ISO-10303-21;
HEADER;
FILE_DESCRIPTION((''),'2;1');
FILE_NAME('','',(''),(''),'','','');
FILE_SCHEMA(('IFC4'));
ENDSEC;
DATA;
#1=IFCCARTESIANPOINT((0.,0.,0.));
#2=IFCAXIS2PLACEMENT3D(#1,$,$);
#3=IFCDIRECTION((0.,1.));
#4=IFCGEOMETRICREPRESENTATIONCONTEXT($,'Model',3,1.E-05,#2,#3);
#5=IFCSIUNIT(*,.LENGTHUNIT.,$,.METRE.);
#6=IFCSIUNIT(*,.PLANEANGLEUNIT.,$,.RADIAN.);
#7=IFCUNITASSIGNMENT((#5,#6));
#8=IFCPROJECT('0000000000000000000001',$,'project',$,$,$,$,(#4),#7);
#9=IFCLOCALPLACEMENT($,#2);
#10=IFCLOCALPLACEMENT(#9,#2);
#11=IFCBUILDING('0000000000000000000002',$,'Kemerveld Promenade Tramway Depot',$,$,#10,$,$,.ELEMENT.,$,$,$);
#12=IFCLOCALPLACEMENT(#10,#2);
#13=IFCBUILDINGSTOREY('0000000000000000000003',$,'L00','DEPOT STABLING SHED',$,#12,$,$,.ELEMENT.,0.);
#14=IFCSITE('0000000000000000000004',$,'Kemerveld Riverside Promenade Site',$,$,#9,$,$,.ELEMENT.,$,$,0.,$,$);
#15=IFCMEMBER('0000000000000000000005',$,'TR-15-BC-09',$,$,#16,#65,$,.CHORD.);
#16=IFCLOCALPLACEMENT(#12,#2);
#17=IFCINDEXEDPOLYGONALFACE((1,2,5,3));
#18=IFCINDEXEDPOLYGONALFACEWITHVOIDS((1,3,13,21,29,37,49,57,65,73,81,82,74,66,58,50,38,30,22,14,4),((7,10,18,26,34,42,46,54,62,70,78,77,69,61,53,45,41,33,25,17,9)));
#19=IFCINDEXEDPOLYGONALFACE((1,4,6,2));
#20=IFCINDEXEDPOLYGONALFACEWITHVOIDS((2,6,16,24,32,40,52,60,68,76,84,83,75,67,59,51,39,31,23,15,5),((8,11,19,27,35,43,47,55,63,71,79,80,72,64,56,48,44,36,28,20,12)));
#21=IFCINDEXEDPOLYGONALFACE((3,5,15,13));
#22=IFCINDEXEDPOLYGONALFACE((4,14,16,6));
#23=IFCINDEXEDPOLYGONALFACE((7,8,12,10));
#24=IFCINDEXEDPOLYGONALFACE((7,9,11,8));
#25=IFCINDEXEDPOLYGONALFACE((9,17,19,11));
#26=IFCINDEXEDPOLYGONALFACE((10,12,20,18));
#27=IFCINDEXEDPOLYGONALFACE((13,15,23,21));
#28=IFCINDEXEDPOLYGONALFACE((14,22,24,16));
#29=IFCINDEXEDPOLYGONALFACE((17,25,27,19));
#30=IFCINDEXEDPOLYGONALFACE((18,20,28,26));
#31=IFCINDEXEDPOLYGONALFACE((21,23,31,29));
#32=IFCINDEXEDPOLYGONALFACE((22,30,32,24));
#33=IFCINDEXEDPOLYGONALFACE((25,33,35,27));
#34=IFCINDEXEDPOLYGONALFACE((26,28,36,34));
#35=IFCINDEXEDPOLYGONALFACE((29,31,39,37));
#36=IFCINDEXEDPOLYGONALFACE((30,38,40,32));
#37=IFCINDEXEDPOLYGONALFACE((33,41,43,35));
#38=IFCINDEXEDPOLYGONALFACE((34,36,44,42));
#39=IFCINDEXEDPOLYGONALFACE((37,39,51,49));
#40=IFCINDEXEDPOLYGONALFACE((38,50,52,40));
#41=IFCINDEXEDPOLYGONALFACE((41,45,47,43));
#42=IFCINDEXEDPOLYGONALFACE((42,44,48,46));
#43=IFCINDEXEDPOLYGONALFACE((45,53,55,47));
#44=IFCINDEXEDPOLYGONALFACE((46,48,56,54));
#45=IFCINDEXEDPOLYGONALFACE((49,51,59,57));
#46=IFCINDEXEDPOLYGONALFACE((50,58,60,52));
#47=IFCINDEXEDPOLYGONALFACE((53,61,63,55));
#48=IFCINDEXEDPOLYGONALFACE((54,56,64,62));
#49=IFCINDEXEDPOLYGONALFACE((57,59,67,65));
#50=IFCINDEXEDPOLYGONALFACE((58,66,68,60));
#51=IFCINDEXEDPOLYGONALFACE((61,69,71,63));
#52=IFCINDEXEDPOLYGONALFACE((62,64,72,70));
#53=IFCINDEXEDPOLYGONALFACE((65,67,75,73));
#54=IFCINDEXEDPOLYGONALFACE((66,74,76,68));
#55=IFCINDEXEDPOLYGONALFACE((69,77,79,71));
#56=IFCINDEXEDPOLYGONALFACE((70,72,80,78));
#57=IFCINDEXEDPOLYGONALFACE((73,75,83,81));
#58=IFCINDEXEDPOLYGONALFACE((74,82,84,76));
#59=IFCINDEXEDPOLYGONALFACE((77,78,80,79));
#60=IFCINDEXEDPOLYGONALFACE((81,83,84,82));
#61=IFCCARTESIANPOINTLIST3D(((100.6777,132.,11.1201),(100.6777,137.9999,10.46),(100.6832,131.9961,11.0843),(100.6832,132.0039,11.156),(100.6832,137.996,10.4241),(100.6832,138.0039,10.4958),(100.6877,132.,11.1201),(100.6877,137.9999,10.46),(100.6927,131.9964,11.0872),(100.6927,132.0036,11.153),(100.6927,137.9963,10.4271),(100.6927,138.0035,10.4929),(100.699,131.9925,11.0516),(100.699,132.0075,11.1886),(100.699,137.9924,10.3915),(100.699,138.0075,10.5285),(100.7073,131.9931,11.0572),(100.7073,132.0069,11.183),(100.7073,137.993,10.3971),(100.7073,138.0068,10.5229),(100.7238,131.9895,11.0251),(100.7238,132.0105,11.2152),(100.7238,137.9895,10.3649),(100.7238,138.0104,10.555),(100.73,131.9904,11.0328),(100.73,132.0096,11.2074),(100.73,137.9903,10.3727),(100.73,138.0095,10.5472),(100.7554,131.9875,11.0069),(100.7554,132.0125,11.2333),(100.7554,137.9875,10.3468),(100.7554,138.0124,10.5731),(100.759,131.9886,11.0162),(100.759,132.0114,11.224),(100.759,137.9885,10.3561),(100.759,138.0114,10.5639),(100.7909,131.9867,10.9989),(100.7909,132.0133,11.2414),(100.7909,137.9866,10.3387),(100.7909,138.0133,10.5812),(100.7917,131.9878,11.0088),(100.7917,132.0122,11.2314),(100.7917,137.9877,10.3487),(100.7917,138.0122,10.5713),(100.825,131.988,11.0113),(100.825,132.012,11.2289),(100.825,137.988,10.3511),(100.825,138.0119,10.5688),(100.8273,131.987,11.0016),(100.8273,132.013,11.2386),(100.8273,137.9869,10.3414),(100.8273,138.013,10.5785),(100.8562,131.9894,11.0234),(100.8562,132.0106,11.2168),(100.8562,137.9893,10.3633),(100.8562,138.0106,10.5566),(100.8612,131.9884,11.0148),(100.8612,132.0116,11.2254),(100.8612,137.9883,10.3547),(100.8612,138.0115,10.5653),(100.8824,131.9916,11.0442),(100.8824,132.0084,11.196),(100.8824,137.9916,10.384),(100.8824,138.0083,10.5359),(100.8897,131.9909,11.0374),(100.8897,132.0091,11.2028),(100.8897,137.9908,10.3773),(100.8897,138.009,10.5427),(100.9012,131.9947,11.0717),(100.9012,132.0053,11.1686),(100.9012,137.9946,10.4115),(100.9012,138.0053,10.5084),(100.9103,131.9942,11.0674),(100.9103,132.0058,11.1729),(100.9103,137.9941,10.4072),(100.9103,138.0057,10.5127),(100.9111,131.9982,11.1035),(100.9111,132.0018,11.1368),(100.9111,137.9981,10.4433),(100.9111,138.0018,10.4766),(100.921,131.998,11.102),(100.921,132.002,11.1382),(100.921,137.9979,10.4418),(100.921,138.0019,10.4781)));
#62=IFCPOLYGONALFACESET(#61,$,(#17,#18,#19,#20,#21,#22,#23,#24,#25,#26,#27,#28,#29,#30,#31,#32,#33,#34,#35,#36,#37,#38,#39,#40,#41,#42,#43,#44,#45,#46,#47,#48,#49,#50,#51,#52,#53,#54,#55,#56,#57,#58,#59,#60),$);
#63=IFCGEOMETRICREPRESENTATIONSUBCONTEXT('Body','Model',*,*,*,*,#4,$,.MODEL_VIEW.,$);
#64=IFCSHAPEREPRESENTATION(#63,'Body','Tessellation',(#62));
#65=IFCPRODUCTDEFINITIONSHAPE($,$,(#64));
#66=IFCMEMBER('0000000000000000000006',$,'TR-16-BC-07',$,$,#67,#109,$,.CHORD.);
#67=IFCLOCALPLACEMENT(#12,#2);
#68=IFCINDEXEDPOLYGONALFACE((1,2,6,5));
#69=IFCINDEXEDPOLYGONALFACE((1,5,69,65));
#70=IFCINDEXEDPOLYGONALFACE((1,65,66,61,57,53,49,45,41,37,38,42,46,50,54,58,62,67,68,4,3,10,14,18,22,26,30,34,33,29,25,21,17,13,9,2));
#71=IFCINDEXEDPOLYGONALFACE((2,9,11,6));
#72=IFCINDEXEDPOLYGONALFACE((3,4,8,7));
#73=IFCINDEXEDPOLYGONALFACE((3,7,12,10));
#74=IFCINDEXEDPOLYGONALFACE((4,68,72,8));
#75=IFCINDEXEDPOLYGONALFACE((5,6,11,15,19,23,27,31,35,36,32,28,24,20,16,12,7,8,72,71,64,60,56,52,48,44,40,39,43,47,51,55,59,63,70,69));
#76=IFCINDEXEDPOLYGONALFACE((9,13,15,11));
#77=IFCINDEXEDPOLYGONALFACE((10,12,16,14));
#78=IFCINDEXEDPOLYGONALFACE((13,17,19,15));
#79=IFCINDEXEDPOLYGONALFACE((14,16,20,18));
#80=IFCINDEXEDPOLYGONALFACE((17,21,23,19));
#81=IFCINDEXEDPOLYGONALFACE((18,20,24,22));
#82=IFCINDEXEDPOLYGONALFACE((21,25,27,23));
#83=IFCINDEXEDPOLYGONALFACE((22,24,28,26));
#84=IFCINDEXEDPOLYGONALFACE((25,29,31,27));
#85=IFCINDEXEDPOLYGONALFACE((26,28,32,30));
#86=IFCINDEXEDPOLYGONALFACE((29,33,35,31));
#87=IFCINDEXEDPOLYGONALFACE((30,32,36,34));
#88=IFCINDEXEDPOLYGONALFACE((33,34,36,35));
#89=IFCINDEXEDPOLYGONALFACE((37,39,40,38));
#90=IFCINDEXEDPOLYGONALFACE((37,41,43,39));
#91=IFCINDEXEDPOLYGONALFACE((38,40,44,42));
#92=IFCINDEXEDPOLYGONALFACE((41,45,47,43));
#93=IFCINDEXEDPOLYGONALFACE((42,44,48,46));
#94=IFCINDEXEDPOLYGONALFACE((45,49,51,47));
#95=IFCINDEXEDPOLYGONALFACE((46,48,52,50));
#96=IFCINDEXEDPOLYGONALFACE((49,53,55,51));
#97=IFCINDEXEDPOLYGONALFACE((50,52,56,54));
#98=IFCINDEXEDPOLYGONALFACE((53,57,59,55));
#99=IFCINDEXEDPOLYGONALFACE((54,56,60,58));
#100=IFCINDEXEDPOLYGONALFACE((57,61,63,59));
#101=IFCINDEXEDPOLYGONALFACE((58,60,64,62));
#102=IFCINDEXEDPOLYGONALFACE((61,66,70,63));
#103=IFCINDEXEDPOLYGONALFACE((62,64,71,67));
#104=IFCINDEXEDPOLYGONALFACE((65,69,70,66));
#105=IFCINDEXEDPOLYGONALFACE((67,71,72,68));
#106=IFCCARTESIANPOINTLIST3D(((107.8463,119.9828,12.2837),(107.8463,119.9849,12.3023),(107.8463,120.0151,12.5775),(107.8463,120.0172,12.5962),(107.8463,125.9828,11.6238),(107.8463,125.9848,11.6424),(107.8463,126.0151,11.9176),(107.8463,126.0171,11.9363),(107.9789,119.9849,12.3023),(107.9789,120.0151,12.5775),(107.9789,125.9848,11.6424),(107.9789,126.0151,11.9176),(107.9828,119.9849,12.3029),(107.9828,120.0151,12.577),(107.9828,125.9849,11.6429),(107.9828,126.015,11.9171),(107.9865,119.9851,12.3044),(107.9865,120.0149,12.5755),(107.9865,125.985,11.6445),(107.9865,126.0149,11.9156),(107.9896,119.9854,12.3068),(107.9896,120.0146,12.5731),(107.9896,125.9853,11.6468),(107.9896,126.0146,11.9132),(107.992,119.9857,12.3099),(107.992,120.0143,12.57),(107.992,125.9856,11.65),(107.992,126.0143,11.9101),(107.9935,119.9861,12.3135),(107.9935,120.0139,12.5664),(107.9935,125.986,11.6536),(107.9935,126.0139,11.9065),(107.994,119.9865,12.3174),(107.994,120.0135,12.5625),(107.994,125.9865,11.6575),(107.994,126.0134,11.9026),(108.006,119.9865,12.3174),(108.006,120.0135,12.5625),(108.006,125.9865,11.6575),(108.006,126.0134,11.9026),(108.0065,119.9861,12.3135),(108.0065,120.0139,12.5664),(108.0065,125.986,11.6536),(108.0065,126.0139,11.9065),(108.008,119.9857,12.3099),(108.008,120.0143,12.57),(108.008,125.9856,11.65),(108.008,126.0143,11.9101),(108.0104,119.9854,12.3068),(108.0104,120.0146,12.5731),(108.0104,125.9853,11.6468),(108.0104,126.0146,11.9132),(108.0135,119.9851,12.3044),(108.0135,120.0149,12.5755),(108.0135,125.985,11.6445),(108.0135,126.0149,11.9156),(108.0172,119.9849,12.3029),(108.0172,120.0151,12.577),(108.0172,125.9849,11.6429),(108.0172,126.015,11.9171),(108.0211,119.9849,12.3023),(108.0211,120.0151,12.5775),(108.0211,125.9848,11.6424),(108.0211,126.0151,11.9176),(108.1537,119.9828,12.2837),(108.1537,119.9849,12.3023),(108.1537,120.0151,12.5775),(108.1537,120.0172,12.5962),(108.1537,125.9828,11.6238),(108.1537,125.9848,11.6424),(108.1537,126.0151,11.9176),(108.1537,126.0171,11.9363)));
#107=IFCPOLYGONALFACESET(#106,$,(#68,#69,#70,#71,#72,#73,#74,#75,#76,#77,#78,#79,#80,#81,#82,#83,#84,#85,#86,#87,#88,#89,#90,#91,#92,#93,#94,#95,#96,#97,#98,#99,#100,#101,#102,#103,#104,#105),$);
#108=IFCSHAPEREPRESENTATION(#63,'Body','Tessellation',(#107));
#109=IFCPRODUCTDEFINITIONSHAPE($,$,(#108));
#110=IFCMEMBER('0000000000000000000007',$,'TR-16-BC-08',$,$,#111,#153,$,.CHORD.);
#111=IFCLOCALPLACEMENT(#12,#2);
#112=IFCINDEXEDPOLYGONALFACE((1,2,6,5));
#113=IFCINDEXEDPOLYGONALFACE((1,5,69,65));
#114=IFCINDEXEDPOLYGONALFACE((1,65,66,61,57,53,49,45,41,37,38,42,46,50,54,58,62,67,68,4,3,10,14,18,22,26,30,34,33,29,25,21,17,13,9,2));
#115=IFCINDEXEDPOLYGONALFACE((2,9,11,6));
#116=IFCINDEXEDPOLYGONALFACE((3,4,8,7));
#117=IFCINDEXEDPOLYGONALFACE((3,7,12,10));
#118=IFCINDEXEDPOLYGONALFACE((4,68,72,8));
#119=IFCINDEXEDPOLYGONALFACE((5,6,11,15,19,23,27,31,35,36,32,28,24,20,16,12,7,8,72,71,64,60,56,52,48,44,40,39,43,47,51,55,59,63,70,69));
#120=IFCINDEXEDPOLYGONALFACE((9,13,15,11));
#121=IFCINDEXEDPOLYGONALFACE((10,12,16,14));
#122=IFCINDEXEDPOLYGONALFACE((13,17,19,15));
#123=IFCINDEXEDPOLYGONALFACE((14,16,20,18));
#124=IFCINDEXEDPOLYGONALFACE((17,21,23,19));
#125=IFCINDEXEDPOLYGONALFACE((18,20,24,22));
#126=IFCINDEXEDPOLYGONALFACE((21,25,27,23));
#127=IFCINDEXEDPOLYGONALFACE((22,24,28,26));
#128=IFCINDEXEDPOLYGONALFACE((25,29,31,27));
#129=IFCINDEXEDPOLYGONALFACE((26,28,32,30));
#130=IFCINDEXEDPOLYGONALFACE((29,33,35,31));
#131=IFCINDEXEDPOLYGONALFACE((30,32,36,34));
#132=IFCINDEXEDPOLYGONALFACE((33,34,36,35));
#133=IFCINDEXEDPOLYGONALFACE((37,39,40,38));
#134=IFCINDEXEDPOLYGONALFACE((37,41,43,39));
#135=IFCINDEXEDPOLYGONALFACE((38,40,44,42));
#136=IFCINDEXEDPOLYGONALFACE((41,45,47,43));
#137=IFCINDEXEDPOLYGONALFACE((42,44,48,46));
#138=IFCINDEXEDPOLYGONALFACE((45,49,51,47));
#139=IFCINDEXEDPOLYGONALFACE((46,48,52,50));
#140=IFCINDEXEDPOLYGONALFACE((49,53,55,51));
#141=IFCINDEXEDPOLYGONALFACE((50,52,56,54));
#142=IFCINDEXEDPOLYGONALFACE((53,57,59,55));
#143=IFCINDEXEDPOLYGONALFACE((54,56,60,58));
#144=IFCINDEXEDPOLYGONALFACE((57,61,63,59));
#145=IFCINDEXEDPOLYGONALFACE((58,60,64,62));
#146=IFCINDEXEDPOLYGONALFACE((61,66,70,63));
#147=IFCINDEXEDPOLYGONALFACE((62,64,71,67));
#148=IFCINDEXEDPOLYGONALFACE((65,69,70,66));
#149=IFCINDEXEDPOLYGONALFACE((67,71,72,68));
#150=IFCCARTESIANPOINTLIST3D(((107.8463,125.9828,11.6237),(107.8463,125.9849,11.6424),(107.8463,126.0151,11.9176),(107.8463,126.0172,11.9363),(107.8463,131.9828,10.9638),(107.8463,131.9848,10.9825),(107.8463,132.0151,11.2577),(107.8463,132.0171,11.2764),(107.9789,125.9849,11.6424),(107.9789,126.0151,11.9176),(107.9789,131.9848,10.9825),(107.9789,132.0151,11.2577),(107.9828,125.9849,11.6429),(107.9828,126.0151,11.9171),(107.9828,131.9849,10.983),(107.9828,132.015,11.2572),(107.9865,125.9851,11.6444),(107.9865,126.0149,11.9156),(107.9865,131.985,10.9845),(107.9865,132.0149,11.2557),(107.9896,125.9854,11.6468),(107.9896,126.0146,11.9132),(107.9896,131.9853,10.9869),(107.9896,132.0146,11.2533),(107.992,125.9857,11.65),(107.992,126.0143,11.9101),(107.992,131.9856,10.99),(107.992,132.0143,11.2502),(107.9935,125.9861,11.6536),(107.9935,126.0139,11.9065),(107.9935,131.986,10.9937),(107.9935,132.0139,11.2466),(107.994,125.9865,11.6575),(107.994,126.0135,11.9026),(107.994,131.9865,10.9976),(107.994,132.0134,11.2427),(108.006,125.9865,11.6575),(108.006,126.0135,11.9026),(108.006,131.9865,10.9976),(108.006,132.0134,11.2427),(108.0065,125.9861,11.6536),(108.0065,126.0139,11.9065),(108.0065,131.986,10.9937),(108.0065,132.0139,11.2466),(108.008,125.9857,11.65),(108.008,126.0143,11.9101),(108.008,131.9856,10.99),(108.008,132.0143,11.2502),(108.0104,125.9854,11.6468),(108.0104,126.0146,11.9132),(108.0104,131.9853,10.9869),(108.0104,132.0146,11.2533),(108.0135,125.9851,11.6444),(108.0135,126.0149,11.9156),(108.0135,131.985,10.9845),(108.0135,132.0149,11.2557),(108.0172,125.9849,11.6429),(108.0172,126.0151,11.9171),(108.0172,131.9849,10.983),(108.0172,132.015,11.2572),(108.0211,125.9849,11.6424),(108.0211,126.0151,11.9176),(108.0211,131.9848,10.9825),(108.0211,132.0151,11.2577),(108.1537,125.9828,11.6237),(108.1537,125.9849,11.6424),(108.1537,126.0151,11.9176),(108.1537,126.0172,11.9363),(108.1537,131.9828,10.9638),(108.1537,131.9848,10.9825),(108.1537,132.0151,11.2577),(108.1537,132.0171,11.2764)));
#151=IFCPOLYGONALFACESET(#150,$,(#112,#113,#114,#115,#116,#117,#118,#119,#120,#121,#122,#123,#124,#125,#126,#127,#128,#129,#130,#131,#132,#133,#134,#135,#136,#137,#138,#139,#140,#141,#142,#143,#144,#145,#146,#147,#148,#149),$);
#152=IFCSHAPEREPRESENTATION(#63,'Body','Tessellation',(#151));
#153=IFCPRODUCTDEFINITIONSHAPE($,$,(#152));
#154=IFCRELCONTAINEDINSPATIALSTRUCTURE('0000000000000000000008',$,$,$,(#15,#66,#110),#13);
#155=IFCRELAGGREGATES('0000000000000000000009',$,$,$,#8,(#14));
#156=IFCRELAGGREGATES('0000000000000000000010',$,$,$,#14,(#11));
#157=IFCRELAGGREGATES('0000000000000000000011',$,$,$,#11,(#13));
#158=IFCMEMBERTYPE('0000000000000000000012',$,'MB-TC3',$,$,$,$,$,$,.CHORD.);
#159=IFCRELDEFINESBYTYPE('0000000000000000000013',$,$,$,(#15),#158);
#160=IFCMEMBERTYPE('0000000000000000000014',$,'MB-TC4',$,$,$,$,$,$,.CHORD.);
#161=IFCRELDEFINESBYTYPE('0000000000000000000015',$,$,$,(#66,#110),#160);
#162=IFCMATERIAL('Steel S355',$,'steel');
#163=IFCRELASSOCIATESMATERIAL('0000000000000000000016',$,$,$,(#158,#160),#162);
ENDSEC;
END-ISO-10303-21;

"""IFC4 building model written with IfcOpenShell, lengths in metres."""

from ifc_helpers import new_model, si_unit, direction, frame, origin, origin_2d, place, context, subcontext, project, spatial, hollow_circle, i_section, extrude, material, material_profile, profile_set, type_object, element, save


model = new_model("IFC4")

# Units and contexts
model_context = context("Model", 3, precision=1e-05, world=origin(), true_north=direction((0.0, 1.0)))
body_context = subcontext(model_context, "Body", "Model", "MODEL_VIEW")
ifc_project = project(units=[si_unit("LENGTHUNIT", "METRE"), si_unit("PLANEANGLEUNIT", "RADIAN")], contexts=[model_context])

# Site, building, storey
site_placement = place(None, origin())
site = spatial("IfcSite", under=ifc_project, at=site_placement, Name="Kemerveld Riverside Promenade Site", CompositionType="ELEMENT", RefElevation=0.0)
building_placement = place(site_placement, origin())
building = spatial("IfcBuilding", under=site, at=building_placement, Name="Kemerveld Promenade Tramway Depot", CompositionType="ELEMENT")
storey_placement = place(building_placement, origin())
storey = spatial("IfcBuildingStorey", under=building, at=storey_placement, Name="L00", Description="DEPOT STABLING SHED", CompositionType="ELEMENT", Elevation=0.0)

# Members
ifc_material_1 = material(Name="Steel S355", Category="steel")
ifc_material_profile_1 = material_profile(ifc_material_1, hollow_circle(Radius=0.1223, WallThickness=0.01, at=origin_2d()), Name="244.5x10.0 CHS")
ifc_profile_set_1 = profile_set([ifc_material_profile_1], Name="Steel S355")
member_type_1 = type_object("IfcMemberType", Name="MB-TC3", PredefinedType="CHORD", material=ifc_profile_set_1)
for number, where, z_axis, x_axis, name in (
    (1, (100.8, 132.0, 11.1201), (0.0, 0.994002, -0.109366), (-1.0, 0.0, 0.0), "TR-15-BC-09"),
):
    element("IfcMember", number, at=place(storey_placement, frame(where, z_axis=z_axis, x_axis=x_axis)), inside=storey, type_object=member_type_1, Name=name, PredefinedType="CHORD", context=body_context, shape_type="SweptSolid", body=[
        extrude(hollow_circle(Radius=0.1223, WallThickness=0.01, at=origin_2d()), origin(), (0.0, 0.0, 1.0), 6.0361),
    ])
ifc_material_profile_2 = material_profile(ifc_material_1, i_section(OverallWidth=0.3074, OverallDepth=0.3145, WebThickness=0.012, FlangeThickness=0.0188, FilletRadius=0.0151, at=origin_2d()), Name="305x305x118 UC")
ifc_profile_set_2 = profile_set([ifc_material_profile_2], Name="Steel S355")
member_type_2 = type_object("IfcMemberType", Name="MB-TC4", PredefinedType="CHORD", material=ifc_profile_set_2)
for number, where, z_axis, x_axis, name in (
    (2, (108.0, 120.0, 12.4399), (0.0, 0.994006, -0.109326), (-1.0, 0.0, 0.0), "TR-16-BC-07"),
    (3, (108.0, 126.0, 11.78), (0.0, 0.994006, -0.109326), (-1.0, 0.0, 0.0), "TR-16-BC-08"),
):
    element("IfcMember", number, at=place(storey_placement, frame(where, z_axis=z_axis, x_axis=x_axis)), inside=storey, type_object=member_type_2, Name=name, PredefinedType="CHORD", context=body_context, shape_type="SweptSolid", body=[
        extrude(i_section(OverallWidth=0.3074, OverallDepth=0.3145, WebThickness=0.012, FlangeThickness=0.0188, FilletRadius=0.0151, at=origin_2d()), origin(), (0.0, 0.0, 1.0), 6.0361),
    ])

save(model, "model.ifc")
